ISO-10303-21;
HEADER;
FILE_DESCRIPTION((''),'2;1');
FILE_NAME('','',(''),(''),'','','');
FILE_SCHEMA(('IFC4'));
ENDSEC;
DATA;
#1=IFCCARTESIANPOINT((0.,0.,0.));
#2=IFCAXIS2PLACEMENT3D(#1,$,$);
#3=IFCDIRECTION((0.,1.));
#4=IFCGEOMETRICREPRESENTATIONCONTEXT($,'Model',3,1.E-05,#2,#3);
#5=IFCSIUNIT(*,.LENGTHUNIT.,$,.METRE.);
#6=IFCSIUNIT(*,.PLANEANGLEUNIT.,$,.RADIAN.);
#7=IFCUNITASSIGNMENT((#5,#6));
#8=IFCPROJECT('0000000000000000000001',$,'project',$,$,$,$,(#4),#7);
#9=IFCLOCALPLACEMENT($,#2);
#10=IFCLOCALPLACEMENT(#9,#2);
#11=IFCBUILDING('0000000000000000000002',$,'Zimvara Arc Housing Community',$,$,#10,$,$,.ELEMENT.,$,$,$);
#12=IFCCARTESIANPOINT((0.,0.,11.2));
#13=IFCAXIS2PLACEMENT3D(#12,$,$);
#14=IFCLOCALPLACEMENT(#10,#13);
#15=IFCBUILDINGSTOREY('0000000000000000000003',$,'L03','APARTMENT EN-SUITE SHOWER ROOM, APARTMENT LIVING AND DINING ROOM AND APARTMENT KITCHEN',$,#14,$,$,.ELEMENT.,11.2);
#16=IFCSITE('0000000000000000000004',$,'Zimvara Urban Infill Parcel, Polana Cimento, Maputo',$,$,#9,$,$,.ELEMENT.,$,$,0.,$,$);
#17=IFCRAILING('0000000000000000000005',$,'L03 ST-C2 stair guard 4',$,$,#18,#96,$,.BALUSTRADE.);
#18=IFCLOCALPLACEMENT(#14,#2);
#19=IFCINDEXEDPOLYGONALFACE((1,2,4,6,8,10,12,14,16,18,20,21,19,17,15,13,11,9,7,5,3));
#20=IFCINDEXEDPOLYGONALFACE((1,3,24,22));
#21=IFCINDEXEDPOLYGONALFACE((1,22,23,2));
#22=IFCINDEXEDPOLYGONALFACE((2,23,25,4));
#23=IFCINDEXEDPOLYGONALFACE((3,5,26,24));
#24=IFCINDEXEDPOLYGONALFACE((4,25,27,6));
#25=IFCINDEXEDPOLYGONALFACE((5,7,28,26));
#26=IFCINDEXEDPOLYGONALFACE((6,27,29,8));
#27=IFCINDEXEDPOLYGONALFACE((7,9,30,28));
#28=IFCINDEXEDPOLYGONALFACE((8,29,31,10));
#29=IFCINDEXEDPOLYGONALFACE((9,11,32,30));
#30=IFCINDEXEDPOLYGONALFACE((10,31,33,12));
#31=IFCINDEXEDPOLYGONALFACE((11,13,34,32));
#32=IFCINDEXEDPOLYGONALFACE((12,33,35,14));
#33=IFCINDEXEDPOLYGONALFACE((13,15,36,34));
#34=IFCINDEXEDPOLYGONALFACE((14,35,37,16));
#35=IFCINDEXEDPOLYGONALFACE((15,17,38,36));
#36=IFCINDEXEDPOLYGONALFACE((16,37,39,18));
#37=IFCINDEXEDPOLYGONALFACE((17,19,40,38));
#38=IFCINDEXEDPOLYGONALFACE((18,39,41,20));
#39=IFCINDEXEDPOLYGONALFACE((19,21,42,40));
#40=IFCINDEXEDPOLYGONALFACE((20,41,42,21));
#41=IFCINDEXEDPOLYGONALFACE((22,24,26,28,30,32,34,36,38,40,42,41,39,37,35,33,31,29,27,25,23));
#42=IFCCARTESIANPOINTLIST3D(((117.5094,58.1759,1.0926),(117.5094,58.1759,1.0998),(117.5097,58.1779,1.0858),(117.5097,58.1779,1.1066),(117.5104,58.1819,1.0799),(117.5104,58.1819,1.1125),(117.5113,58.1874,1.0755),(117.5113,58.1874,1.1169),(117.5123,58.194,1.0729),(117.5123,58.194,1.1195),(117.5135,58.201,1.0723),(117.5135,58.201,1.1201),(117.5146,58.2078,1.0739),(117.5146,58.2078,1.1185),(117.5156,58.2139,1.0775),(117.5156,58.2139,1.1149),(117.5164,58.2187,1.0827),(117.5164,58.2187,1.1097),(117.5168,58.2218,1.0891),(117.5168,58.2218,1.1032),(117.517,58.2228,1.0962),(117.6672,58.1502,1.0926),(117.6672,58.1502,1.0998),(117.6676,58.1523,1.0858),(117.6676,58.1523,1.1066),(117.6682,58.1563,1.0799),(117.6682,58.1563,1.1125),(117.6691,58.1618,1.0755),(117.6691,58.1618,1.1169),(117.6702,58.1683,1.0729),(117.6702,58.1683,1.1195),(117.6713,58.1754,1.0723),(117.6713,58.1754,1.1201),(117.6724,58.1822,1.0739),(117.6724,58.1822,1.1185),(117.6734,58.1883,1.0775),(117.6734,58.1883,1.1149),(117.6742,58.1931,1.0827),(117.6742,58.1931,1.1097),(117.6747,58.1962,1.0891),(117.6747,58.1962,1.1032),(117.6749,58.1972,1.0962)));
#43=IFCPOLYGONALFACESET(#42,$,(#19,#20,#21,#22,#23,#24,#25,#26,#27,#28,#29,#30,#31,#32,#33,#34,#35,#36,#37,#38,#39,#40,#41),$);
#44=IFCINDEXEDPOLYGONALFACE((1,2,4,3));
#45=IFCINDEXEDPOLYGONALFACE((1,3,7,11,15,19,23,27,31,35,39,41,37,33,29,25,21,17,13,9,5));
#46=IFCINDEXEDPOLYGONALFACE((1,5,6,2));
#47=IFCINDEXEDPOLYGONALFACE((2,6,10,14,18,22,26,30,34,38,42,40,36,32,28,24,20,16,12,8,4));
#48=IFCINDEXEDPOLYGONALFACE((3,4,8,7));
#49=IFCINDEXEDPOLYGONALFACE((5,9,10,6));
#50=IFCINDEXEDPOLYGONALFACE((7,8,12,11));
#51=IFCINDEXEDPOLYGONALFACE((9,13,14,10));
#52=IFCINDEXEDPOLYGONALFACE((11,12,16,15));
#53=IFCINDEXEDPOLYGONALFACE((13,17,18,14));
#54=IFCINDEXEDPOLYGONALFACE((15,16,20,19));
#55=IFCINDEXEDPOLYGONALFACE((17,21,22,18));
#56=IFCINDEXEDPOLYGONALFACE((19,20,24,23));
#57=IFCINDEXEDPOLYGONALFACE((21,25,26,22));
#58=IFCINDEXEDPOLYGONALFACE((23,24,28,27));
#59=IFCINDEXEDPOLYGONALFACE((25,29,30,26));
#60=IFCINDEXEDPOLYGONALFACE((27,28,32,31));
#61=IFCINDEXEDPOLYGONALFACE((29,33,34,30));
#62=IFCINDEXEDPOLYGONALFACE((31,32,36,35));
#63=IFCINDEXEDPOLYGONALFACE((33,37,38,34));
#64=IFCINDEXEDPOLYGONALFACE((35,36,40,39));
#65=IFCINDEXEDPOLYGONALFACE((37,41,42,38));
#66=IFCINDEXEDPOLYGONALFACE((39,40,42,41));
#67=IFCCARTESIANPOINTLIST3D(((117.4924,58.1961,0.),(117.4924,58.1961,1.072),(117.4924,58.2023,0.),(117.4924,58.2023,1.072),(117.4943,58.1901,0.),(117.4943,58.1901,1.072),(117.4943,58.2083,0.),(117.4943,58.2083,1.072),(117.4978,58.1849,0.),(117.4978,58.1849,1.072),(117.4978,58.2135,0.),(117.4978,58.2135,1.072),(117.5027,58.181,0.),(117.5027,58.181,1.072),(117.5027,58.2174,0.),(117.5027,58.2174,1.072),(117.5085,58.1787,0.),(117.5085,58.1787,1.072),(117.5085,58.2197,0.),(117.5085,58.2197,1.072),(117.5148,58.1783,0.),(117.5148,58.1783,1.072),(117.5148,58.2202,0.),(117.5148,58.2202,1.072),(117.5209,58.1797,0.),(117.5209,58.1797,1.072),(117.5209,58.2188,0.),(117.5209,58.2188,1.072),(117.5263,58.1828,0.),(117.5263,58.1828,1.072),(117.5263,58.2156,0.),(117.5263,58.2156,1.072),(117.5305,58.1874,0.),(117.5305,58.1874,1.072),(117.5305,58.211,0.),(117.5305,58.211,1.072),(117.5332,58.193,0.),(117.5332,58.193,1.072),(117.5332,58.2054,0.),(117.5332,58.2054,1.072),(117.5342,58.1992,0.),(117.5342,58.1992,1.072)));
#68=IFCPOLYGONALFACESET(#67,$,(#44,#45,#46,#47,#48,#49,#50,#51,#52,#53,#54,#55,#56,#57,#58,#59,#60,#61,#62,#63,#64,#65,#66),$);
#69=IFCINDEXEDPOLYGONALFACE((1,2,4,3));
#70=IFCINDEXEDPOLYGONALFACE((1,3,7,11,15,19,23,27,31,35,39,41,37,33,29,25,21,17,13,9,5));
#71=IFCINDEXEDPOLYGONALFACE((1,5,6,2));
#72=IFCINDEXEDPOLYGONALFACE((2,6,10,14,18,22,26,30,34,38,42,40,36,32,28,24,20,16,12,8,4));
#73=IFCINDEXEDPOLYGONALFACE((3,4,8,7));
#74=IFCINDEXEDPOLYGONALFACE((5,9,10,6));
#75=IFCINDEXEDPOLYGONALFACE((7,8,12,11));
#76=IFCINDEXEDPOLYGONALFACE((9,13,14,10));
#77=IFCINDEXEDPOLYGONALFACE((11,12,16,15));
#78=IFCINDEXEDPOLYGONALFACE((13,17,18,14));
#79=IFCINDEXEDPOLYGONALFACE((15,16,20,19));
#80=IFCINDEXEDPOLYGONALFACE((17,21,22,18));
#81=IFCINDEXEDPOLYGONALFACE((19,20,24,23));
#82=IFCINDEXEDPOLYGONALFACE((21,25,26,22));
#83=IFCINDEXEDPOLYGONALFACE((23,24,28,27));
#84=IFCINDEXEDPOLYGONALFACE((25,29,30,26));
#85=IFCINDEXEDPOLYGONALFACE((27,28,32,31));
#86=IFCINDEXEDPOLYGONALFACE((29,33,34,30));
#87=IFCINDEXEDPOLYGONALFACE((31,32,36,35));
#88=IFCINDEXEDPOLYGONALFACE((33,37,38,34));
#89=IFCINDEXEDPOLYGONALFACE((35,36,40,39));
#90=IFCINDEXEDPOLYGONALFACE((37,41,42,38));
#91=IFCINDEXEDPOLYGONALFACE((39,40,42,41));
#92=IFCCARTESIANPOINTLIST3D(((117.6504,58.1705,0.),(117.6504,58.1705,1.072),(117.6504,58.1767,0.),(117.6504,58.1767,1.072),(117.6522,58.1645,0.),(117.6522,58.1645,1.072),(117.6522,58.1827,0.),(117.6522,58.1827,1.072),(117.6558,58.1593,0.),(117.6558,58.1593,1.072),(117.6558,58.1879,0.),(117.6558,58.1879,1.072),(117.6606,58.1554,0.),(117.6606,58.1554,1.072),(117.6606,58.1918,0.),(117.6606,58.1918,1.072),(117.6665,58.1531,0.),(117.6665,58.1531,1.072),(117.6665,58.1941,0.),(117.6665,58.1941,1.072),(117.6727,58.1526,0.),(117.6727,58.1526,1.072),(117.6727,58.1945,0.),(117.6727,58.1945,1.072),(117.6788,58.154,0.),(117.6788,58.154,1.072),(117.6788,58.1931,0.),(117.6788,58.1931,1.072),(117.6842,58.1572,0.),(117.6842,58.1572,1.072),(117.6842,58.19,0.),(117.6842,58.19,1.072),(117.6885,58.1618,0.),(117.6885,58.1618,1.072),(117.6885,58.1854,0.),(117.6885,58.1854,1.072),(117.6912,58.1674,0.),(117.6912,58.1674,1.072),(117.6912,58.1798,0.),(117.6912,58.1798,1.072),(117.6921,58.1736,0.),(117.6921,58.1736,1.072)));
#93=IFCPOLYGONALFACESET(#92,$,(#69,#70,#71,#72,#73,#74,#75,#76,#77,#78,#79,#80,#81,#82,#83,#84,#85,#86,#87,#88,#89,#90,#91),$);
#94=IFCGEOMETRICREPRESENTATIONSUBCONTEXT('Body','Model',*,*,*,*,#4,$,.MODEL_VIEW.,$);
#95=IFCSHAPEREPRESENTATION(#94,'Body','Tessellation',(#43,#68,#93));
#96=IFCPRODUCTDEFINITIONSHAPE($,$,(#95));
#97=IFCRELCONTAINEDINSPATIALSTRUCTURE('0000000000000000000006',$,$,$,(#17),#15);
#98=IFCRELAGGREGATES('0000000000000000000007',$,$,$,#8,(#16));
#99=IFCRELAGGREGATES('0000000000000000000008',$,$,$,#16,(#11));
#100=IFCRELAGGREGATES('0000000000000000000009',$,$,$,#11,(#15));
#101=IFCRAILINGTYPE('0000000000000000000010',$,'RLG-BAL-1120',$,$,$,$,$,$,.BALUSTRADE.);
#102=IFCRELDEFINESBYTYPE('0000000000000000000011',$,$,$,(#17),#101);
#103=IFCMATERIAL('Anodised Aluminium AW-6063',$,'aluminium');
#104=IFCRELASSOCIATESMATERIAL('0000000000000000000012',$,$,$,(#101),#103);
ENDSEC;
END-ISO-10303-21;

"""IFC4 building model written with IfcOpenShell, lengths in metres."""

from ifc_helpers import new_model, si_unit, direction, frame, origin, origin_2d, place, context, subcontext, project, spatial, circle, extrude, material, type_object, element, save


model = new_model("IFC4")

# Units and contexts
model_context = context("Model", 3, precision=1e-05, world=origin(), true_north=direction((0.0, 1.0)))
body_context = subcontext(model_context, "Body", "Model", "MODEL_VIEW")
ifc_project = project(units=[si_unit("LENGTHUNIT", "METRE"), si_unit("PLANEANGLEUNIT", "RADIAN")], contexts=[model_context])

# Site, building, storey
site_placement = place(None, origin())
site = spatial("IfcSite", under=ifc_project, at=site_placement, Name="Zimvara Urban Infill Parcel, Polana Cimento, Maputo", CompositionType="ELEMENT", RefElevation=0.0)
building_placement = place(site_placement, origin())
building = spatial("IfcBuilding", under=site, at=building_placement, Name="Zimvara Arc Housing Community", CompositionType="ELEMENT")
storey_placement = place(building_placement, frame((0.0, 0.0, 11.2)))
storey = spatial("IfcBuildingStorey", under=building, at=storey_placement, Name="L03", Description="APARTMENT EN-SUITE SHOWER ROOM, APARTMENT LIVING AND DINING ROOM AND APARTMENT KITCHEN", CompositionType="ELEMENT", Elevation=11.2)

# Railing
ifc_material_1 = material(Name="Anodised Aluminium AW-6063", Category="aluminium")
railing_type_1 = type_object("IfcRailingType", Name="RLG-BAL-1120", PredefinedType="BALUSTRADE", material=ifc_material_1)
railing_1_placement = place(storey_placement, frame((117.5132, 58.1992, 0.0)))
element("IfcRailing", 1, at=railing_1_placement, inside=storey, type_object=railing_type_1, Name="L03 ST-C2 stair guard 4", PredefinedType="BALUSTRADE", context=body_context, shape_type="SweptSolid", body=[
    extrude(circle(Radius=0.0239, at=origin_2d()), frame((0.0, 0.0, 1.0962), z_axis=(0.987086, -0.160192, 0.0), x_axis=(0.160192, 0.987086, 0.0)), (0.0, 0.0, 1.0), 0.1599),
    extrude(circle(Radius=0.021, at=origin_2d()), origin(), (0.0, 0.0, 1.0), 1.072),
    extrude(circle(Radius=0.021, at=origin_2d()), frame((0.158, -0.0256, 0.0)), (0.0, 0.0, 1.0), 1.072),
])

save(model, "model.ifc")
